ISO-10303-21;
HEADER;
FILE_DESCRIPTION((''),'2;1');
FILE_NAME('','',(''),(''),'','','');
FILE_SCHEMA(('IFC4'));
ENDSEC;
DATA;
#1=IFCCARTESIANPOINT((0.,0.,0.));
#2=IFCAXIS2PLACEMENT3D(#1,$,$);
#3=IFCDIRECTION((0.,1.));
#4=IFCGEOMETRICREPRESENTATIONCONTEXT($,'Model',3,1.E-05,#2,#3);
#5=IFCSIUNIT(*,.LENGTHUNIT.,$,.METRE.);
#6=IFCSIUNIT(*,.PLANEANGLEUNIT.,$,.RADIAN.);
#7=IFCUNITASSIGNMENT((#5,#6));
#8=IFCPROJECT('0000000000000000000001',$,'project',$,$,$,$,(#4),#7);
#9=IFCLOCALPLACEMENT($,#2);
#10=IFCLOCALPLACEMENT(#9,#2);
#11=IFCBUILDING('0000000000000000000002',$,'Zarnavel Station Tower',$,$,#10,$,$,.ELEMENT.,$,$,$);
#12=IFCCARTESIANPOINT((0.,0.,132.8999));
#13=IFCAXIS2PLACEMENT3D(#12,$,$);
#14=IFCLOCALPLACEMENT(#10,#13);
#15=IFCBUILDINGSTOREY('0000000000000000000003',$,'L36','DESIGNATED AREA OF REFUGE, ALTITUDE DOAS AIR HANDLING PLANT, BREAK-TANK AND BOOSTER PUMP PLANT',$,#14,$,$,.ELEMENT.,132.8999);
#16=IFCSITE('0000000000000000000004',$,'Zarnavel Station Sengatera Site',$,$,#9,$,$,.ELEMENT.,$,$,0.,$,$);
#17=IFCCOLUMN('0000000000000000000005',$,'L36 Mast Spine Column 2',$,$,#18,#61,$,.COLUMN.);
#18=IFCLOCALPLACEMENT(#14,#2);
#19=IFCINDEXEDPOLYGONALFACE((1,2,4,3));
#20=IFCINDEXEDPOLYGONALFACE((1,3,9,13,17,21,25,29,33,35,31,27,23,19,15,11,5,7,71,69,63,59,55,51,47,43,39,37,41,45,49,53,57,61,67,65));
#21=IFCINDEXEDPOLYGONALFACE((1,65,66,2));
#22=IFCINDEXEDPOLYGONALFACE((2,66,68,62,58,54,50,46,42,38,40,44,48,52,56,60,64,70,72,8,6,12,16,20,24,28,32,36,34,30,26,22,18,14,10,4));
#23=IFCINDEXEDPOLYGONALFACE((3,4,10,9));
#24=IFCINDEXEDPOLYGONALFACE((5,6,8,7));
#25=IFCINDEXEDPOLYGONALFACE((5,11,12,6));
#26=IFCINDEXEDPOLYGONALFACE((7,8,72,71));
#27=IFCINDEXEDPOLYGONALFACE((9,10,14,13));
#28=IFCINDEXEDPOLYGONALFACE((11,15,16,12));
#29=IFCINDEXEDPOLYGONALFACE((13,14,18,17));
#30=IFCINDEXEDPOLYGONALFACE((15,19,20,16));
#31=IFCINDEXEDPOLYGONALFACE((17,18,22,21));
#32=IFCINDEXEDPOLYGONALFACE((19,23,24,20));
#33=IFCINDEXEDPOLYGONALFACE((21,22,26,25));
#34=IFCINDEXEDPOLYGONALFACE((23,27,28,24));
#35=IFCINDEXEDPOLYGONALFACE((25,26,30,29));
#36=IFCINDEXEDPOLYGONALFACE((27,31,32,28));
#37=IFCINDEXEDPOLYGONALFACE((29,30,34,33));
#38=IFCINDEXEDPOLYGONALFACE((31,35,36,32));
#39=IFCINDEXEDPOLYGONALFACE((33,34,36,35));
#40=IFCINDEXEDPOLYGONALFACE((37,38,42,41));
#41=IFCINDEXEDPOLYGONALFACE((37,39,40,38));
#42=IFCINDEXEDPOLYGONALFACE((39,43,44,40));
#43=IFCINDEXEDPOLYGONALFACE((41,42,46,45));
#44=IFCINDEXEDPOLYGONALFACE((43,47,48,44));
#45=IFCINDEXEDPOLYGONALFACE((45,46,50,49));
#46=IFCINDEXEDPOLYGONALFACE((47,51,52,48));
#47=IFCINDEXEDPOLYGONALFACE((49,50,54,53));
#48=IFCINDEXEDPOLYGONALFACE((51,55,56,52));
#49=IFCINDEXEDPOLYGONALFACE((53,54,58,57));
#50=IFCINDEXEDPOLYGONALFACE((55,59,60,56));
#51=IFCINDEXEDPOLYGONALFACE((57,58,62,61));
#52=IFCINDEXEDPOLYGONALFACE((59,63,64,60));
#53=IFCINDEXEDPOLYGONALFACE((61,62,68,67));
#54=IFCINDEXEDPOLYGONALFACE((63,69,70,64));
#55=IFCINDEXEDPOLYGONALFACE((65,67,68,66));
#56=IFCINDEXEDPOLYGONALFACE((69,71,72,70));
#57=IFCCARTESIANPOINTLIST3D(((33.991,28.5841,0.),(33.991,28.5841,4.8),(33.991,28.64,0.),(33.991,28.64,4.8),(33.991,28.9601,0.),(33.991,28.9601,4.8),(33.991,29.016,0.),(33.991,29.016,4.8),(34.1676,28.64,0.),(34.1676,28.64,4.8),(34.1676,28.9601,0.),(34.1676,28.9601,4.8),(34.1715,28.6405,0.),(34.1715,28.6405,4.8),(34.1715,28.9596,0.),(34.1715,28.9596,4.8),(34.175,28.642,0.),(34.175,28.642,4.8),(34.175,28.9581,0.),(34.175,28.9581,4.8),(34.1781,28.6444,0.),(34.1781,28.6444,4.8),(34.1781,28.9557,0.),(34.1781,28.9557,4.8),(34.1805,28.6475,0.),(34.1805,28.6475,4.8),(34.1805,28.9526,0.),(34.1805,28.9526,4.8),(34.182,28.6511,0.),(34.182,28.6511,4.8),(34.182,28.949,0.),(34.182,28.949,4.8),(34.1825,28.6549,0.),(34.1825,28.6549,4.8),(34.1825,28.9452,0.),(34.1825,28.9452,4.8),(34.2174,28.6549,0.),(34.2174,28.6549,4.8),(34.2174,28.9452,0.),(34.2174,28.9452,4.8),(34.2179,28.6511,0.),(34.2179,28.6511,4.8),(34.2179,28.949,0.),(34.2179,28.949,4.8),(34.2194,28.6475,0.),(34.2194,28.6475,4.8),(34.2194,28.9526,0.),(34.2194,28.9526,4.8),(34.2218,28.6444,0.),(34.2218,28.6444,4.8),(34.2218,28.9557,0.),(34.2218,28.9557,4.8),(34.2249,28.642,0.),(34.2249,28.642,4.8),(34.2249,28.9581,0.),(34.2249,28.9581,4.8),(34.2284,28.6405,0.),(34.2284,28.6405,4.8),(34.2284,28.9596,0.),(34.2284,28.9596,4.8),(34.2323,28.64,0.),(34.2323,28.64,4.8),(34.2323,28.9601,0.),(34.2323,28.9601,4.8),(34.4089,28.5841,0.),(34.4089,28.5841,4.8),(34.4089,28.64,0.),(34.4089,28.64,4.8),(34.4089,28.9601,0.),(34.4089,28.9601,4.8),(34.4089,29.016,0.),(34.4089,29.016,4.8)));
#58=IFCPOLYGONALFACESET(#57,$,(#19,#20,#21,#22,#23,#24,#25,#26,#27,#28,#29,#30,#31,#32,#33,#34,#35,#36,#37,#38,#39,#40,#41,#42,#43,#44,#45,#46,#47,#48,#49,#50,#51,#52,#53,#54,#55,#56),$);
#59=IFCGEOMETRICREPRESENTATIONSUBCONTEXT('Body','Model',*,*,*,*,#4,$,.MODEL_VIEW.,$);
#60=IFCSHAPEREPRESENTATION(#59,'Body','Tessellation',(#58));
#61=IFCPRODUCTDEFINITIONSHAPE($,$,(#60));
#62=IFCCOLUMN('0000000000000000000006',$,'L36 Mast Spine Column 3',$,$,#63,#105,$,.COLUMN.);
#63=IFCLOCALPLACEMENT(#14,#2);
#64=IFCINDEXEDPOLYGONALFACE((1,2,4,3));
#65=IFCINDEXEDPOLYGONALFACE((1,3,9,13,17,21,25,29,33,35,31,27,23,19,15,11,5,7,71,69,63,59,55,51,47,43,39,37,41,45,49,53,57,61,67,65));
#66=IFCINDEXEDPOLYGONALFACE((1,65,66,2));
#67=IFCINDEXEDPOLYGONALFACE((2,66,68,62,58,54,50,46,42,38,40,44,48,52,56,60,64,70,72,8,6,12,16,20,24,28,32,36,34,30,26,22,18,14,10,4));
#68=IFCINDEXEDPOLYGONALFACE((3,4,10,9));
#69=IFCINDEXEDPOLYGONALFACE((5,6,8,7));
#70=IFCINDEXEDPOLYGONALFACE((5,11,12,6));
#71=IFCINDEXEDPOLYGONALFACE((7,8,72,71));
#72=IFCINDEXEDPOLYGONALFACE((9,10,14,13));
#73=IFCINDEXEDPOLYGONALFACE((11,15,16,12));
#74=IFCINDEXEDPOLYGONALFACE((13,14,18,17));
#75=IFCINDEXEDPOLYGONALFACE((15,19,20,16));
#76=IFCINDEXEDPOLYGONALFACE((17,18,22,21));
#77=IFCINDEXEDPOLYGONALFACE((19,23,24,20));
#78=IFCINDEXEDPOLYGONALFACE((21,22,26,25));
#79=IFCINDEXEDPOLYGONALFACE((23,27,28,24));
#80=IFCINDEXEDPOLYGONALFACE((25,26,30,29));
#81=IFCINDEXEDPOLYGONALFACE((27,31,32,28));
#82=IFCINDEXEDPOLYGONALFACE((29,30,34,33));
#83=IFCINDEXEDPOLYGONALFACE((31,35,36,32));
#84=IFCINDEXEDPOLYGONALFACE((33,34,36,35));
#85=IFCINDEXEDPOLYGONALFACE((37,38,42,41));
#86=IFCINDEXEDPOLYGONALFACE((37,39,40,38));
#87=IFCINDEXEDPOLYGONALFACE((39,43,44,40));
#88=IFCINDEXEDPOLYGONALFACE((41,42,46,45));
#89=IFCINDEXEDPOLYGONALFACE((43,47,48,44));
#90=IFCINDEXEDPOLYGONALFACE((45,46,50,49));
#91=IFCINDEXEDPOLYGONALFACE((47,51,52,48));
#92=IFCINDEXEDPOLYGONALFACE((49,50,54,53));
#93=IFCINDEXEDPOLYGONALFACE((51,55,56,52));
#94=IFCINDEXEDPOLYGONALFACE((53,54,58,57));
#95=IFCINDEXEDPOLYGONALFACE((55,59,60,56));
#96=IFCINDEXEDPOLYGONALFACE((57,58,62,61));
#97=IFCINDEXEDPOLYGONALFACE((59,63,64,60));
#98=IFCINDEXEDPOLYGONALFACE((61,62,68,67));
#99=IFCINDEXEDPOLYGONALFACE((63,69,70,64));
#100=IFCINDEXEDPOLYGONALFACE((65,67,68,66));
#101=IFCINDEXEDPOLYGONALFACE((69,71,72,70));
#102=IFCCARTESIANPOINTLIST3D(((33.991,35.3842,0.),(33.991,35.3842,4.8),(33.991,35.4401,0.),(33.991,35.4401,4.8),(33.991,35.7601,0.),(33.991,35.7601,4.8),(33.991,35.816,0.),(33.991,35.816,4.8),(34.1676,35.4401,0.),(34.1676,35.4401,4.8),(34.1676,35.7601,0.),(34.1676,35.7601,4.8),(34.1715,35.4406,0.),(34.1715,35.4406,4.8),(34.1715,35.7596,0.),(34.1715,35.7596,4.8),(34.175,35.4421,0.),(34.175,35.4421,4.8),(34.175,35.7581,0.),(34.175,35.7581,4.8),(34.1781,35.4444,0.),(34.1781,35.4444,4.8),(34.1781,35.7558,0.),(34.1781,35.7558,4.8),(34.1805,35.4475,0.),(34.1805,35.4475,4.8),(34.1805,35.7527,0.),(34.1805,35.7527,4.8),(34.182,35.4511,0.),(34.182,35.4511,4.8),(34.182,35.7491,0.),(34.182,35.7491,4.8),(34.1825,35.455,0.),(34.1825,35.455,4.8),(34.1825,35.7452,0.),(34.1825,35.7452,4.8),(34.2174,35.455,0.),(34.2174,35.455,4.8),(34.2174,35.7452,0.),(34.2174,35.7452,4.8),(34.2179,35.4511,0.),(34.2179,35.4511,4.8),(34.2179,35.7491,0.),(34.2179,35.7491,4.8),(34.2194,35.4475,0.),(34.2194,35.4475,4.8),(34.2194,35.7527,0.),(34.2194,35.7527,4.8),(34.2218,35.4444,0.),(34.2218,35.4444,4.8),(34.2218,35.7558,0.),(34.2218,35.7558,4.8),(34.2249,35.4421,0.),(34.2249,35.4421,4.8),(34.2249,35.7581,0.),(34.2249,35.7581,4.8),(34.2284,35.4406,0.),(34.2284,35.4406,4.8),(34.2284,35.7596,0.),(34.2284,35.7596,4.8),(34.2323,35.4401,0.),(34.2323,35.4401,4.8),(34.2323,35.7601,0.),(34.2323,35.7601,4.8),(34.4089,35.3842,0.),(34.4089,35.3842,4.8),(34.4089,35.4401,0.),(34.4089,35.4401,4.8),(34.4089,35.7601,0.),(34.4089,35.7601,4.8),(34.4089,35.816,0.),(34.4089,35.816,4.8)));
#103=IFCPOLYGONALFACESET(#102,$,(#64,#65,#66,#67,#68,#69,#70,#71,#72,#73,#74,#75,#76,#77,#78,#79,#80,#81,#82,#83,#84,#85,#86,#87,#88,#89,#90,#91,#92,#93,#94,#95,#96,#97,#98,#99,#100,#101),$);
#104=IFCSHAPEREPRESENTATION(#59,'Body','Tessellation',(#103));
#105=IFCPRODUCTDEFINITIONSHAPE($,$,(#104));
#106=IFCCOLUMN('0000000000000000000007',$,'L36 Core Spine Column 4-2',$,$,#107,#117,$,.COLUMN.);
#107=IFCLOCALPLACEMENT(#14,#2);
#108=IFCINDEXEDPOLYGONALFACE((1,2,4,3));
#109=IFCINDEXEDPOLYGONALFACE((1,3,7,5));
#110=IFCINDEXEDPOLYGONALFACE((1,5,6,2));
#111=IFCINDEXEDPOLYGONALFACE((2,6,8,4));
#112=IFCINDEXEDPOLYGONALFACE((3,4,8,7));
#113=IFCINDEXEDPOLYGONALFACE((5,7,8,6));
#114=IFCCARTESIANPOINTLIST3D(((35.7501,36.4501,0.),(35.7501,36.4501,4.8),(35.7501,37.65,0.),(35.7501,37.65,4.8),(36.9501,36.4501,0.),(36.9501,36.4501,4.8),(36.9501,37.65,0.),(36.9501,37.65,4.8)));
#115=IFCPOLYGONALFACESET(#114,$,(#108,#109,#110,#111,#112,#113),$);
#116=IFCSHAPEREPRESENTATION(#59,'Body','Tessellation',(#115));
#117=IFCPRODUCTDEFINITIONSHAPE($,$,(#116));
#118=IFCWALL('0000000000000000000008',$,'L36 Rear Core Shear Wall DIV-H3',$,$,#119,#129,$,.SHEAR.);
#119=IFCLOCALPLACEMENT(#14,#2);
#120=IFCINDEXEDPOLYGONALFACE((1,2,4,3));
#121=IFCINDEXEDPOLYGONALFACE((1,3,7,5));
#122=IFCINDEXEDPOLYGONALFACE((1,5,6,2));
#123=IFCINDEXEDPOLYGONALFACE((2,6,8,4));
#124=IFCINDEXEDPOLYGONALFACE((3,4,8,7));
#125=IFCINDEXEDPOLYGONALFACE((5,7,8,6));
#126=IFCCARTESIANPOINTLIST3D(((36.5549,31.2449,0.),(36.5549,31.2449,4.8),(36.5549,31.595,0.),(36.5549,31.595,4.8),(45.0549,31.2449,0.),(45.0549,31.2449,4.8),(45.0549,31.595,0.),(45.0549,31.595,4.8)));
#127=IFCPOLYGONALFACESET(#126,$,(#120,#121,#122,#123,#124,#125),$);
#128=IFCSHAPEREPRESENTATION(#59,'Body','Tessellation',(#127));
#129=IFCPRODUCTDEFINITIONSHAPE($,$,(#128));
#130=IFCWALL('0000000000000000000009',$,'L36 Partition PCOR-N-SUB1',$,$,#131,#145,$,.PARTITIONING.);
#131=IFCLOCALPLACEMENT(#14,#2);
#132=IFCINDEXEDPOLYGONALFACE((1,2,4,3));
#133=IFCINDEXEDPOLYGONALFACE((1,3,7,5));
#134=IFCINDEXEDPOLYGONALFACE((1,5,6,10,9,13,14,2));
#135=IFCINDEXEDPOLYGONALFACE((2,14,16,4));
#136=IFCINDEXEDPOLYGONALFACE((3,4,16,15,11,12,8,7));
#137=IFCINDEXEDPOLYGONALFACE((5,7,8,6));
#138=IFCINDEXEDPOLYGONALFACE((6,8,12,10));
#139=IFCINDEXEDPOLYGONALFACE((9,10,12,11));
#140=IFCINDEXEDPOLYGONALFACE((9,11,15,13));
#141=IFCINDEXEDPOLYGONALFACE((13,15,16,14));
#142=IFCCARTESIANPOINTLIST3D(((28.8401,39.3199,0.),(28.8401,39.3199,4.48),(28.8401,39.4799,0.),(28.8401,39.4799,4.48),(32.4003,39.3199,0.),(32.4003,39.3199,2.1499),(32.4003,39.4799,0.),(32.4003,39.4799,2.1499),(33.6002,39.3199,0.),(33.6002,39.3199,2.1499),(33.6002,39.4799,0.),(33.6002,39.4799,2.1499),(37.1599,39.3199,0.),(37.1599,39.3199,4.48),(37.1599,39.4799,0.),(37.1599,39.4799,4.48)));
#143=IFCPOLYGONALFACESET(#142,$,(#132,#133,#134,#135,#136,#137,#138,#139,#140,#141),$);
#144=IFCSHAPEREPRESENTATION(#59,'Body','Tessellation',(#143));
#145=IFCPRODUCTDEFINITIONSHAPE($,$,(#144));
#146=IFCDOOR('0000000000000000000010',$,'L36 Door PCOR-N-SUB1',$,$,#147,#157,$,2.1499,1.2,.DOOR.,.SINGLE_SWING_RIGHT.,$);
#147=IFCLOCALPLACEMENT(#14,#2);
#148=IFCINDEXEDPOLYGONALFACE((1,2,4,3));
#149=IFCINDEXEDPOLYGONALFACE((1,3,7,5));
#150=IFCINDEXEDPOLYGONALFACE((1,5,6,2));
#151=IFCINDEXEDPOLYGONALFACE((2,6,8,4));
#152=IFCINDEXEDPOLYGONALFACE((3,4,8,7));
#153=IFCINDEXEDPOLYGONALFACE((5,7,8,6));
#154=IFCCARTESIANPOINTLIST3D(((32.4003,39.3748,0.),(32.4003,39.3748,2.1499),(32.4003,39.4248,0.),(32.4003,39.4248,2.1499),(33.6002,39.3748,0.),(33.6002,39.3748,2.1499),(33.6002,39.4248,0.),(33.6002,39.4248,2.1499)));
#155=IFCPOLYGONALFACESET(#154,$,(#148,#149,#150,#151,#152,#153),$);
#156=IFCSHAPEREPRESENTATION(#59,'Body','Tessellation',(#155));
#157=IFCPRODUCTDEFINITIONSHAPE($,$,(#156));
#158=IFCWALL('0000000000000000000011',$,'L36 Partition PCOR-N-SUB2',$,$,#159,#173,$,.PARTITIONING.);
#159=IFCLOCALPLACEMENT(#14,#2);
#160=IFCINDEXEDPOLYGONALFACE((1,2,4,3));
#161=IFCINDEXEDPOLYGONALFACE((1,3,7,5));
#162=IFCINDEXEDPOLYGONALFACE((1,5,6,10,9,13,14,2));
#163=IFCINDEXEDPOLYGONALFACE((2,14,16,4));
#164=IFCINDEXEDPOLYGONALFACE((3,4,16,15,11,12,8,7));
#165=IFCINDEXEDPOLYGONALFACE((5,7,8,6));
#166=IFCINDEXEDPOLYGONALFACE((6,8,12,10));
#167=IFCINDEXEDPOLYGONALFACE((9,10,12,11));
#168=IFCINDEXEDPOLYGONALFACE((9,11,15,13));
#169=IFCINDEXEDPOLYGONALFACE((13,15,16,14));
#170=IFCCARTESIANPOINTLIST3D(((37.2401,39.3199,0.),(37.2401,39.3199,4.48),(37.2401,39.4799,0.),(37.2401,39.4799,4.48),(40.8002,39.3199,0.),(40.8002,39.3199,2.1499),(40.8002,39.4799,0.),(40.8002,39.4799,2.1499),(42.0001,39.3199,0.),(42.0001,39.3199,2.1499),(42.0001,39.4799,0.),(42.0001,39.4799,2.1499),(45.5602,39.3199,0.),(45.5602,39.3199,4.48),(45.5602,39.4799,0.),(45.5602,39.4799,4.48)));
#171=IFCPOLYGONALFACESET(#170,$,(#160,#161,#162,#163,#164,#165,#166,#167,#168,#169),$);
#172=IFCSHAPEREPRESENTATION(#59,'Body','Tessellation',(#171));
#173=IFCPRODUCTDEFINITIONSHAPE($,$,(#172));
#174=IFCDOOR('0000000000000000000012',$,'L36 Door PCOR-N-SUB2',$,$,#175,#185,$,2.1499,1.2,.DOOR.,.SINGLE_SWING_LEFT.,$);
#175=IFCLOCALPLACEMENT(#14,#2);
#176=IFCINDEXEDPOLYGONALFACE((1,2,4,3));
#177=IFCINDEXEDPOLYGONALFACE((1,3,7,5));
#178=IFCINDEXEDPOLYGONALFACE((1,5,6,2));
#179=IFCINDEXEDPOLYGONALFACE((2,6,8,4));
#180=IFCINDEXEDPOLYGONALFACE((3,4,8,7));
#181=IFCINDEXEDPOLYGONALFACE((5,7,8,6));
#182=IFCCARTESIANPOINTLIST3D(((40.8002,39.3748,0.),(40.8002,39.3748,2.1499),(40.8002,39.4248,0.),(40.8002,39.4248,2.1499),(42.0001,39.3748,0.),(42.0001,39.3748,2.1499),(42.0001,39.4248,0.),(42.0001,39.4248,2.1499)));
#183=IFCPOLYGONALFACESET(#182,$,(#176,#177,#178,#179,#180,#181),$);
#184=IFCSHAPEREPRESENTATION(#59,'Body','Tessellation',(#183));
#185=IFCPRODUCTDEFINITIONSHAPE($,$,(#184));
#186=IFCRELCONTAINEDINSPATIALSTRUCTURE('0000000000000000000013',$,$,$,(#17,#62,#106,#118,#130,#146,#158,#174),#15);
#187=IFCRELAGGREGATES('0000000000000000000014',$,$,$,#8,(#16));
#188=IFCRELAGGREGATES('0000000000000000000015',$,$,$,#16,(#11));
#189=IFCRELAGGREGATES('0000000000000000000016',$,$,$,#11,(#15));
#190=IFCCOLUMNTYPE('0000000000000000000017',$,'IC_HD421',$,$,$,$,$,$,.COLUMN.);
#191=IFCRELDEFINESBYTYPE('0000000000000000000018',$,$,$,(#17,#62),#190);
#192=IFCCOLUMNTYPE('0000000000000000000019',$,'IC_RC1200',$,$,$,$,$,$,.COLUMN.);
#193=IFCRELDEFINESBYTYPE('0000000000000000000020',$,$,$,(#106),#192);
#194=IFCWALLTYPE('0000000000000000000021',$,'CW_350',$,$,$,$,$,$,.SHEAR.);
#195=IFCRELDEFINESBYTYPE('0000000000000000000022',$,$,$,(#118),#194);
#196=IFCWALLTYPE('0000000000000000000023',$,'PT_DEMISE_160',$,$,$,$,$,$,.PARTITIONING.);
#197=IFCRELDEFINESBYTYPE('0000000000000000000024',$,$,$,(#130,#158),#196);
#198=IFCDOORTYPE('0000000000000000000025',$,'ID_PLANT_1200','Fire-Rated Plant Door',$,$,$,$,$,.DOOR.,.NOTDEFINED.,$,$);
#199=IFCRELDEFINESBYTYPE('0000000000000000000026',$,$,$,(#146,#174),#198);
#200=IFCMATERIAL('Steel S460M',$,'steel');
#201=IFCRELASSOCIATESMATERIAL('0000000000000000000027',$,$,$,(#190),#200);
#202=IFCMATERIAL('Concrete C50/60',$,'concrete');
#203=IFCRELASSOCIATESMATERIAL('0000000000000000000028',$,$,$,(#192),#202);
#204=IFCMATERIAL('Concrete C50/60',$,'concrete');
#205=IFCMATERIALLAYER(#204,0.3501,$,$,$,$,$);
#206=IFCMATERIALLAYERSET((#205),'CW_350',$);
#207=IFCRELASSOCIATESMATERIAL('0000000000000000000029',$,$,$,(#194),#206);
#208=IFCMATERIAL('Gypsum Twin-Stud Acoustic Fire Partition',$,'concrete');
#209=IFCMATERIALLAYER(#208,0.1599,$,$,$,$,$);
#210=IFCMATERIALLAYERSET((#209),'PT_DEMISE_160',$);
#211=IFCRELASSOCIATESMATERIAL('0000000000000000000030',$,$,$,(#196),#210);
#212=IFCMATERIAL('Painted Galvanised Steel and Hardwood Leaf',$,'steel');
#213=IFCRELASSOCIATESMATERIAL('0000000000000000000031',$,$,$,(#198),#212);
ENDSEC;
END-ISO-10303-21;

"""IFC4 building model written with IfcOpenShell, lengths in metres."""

from ifc_helpers import new_model, si_unit, direction, frame, frame_2d, origin, origin_2d, place, context, subcontext, project, spatial, rectangle, i_section, extrude, material, layer, layer_set, material_profile, profile_set, type_object, element, fill, save


model = new_model("IFC4")

# Units and contexts
model_context = context("Model", 3, precision=1e-05, world=origin(), true_north=direction((0.0, 1.0)))
body_context = subcontext(model_context, "Body", "Model", "MODEL_VIEW")
ifc_project = project(units=[si_unit("LENGTHUNIT", "METRE"), si_unit("PLANEANGLEUNIT", "RADIAN")], contexts=[model_context])

# Site, building, storey
site_placement = place(None, origin())
site = spatial("IfcSite", under=ifc_project, at=site_placement, Name="Zarnavel Station Sengatera Site", CompositionType="ELEMENT", RefElevation=0.0)
building_placement = place(site_placement, origin())
building = spatial("IfcBuilding", under=site, at=building_placement, Name="Zarnavel Station Tower", CompositionType="ELEMENT")
storey_placement = place(building_placement, frame((0.0, 0.0, 132.8999)))
storey = spatial("IfcBuildingStorey", under=building, at=storey_placement, Name="L36", Description="DESIGNATED AREA OF REFUGE, ALTITUDE DOAS AIR HANDLING PLANT, BREAK-TANK AND BOOSTER PUMP PLANT", CompositionType="ELEMENT", Elevation=132.8999)

# Columns
ifc_material_1 = material(Name="Steel S460M", Category="steel")
ifc_material_profile_1 = material_profile(ifc_material_1, i_section(OverallWidth=0.418, OverallDepth=0.4319, WebThickness=0.0349, FlangeThickness=0.0559, FilletRadius=0.0149, at=origin_2d()), Name="HD400x421")
ifc_profile_set_1 = profile_set([ifc_material_profile_1], Name="Steel S460M")
column_type_1 = type_object("IfcColumnType", Name="IC_HD421", PredefinedType="COLUMN", material=ifc_profile_set_1)
for number, where, z_axis, x_axis, name in (
    (1, (34.2, 28.8, 0.0), (0.0, 0.0, 1.0), (1.0, 0.0, 0.0), "L36 Mast Spine Column 2"),
    (2, (34.2, 35.6001, 0.0), (0.0, 0.0, 1.0), (1.0, 0.0, 0.0), "L36 Mast Spine Column 3"),
):
    element("IfcColumn", number, at=place(storey_placement, frame(where, z_axis=z_axis, x_axis=x_axis)), inside=storey, type_object=column_type_1, Name=name, PredefinedType="COLUMN", context=body_context, shape_type="SweptSolid", body=[
        extrude(i_section(OverallWidth=0.418, OverallDepth=0.4319, WebThickness=0.0349, FlangeThickness=0.0559, FilletRadius=0.0149, at=origin_2d()), origin(), (0.0, 0.0, 1.0), 4.8),
    ])
ifc_material_2 = material(Name="Concrete C50/60", Category="concrete")
ifc_material_profile_2 = material_profile(ifc_material_2, rectangle(XDim=1.2, YDim=1.2, at=origin_2d()), Name="RC1200x1200")
ifc_profile_set_2 = profile_set([ifc_material_profile_2], Name="Concrete C50/60")
column_type_2 = type_object("IfcColumnType", Name="IC_RC1200", PredefinedType="COLUMN", material=ifc_profile_set_2)
column_placement = place(storey_placement, frame((36.3501, 37.05, 0.0), z_axis=(0.0, 0.0, 1.0), x_axis=(1.0, 0.0, 0.0)))
element("IfcColumn", 3, at=column_placement, inside=storey, type_object=column_type_2, Name="L36 Core Spine Column 4-2", PredefinedType="COLUMN", context=body_context, shape_type="SweptSolid", body=[
    extrude(rectangle(XDim=1.2, YDim=1.2, at=origin_2d()), origin(), (0.0, 0.0, 1.0), 4.8),
])

# Wall
ifc_material_3 = material(Name="Concrete C50/60", Category="concrete")
ifc_layer_1 = layer(ifc_material_3, 0.3501)
ifc_layer_set_1 = layer_set([ifc_layer_1], Name="CW_350")
wall_type_1 = type_object("IfcWallType", Name="CW_350", PredefinedType="SHEAR", material=ifc_layer_set_1)
wall_1_placement = place(storey_placement, frame((36.5549, 31.4199, 0.0), z_axis=(0.0, 0.0, 1.0), x_axis=(1.0, 0.0, 0.0)))
element("IfcWall", 4, at=wall_1_placement, inside=storey, type_object=wall_type_1, Name="L36 Rear Core Shear Wall DIV-H3", PredefinedType="SHEAR", context=body_context, shape_type="SweptSolid", body=[
    extrude(rectangle(XDim=8.5, YDim=0.3501, at=frame_2d((4.25, 0.0))), origin(), (0.0, 0.0, 1.0), 4.8),
])

# Walls, openings, doors
ifc_material_4 = material(Name="Gypsum Twin-Stud Acoustic Fire Partition", Category="concrete")
ifc_layer_2 = layer(ifc_material_4, 0.1599)
ifc_layer_set_2 = layer_set([ifc_layer_2], Name="PT_DEMISE_160")
wall_type_2 = type_object("IfcWallType", Name="PT_DEMISE_160", PredefinedType="PARTITIONING", material=ifc_layer_set_2)
wall_2_placement = place(storey_placement, frame((28.8401, 39.3999, 0.0), z_axis=(0.0, 0.0, 1.0), x_axis=(1.0, 0.0, 0.0)))
wall_2 = element("IfcWall", 5, at=wall_2_placement, inside=storey, type_object=wall_type_2, Name="L36 Partition PCOR-N-SUB1", PredefinedType="PARTITIONING", context=body_context, shape_type="SweptSolid", body=[
    extrude(rectangle(XDim=8.3198, YDim=0.1599, at=frame_2d((4.1599, 0.0))), origin(), (0.0, 0.0, 1.0), 4.48),
])
opening_1_placement = place(wall_2_placement, frame((3.5601, 0.0, 0.0)))
opening_1 = element("IfcOpeningElement", 6, at=opening_1_placement, cuts=wall_2, PredefinedType="OPENING", context=body_context, shape_type="SweptSolid", body=[
    extrude(rectangle(XDim=1.2, YDim=2.1499, at=frame_2d((0.6001, 1.075))), frame((0.0, 0.0898, 0.0), z_axis=(0.0, -1.0, 0.0), x_axis=(1.0, 0.0, 0.0)), (0.0, 0.0, 1.0), 0.1799),
])
ifc_material_5 = material(Name="Painted Galvanised Steel and Hardwood Leaf", Category="steel")
door_type_1 = type_object("IfcDoorType", Name="ID_PLANT_1200", Description="Fire-Rated Plant Door", OperationType="NOTDEFINED", PredefinedType="DOOR", material=ifc_material_5)
door_1_placement = place(opening_1_placement, origin())
door_1 = element("IfcDoor", 7, at=door_1_placement, inside=storey, type_object=door_type_1, Name="L36 Door PCOR-N-SUB1", OperationType="SINGLE_SWING_RIGHT", OverallHeight=2.1499, OverallWidth=1.2, PredefinedType="DOOR", context=body_context, shape_type="SweptSolid", body=[
    extrude(rectangle(XDim=1.2, YDim=2.1499, at=frame_2d((0.6001, 1.075))), frame((0.0, 0.0249, 0.0), z_axis=(0.0, -1.0, 0.0), x_axis=(1.0, 0.0, 0.0)), (0.0, 0.0, 1.0), 0.05),
])
fill(opening_1, door_1)
wall_3_placement = place(storey_placement, frame((37.24, 39.3999, 0.0), z_axis=(0.0, 0.0, 1.0), x_axis=(1.0, 0.0, 0.0)))
wall_3 = element("IfcWall", 8, at=wall_3_placement, inside=storey, type_object=wall_type_2, Name="L36 Partition PCOR-N-SUB2", PredefinedType="PARTITIONING", context=body_context, shape_type="SweptSolid", body=[
    extrude(rectangle(XDim=8.3201, YDim=0.1599, at=frame_2d((4.1602, 0.0))), origin(), (0.0, 0.0, 1.0), 4.48),
])
opening_2_placement = place(wall_3_placement, frame((3.5601, 0.0, 0.0)))
opening_2 = element("IfcOpeningElement", 9, at=opening_2_placement, cuts=wall_3, PredefinedType="OPENING", context=body_context, shape_type="SweptSolid", body=[
    extrude(rectangle(XDim=1.2, YDim=2.1499, at=frame_2d((0.6001, 1.075))), frame((0.0, 0.0898, 0.0), z_axis=(0.0, -1.0, 0.0), x_axis=(1.0, 0.0, 0.0)), (0.0, 0.0, 1.0), 0.1799),
])
door_2_placement = place(opening_2_placement, origin())
door_2 = element("IfcDoor", 10, at=door_2_placement, inside=storey, type_object=door_type_1, Name="L36 Door PCOR-N-SUB2", OperationType="SINGLE_SWING_LEFT", OverallHeight=2.1499, OverallWidth=1.2, PredefinedType="DOOR", context=body_context, shape_type="SweptSolid", body=[
    extrude(rectangle(XDim=1.2, YDim=2.1499, at=frame_2d((0.6001, 1.075))), frame((0.0, 0.0249, 0.0), z_axis=(0.0, -1.0, 0.0), x_axis=(1.0, 0.0, 0.0)), (0.0, 0.0, 1.0), 0.05),
])
fill(opening_2, door_2)

save(model, "model.ifc")
